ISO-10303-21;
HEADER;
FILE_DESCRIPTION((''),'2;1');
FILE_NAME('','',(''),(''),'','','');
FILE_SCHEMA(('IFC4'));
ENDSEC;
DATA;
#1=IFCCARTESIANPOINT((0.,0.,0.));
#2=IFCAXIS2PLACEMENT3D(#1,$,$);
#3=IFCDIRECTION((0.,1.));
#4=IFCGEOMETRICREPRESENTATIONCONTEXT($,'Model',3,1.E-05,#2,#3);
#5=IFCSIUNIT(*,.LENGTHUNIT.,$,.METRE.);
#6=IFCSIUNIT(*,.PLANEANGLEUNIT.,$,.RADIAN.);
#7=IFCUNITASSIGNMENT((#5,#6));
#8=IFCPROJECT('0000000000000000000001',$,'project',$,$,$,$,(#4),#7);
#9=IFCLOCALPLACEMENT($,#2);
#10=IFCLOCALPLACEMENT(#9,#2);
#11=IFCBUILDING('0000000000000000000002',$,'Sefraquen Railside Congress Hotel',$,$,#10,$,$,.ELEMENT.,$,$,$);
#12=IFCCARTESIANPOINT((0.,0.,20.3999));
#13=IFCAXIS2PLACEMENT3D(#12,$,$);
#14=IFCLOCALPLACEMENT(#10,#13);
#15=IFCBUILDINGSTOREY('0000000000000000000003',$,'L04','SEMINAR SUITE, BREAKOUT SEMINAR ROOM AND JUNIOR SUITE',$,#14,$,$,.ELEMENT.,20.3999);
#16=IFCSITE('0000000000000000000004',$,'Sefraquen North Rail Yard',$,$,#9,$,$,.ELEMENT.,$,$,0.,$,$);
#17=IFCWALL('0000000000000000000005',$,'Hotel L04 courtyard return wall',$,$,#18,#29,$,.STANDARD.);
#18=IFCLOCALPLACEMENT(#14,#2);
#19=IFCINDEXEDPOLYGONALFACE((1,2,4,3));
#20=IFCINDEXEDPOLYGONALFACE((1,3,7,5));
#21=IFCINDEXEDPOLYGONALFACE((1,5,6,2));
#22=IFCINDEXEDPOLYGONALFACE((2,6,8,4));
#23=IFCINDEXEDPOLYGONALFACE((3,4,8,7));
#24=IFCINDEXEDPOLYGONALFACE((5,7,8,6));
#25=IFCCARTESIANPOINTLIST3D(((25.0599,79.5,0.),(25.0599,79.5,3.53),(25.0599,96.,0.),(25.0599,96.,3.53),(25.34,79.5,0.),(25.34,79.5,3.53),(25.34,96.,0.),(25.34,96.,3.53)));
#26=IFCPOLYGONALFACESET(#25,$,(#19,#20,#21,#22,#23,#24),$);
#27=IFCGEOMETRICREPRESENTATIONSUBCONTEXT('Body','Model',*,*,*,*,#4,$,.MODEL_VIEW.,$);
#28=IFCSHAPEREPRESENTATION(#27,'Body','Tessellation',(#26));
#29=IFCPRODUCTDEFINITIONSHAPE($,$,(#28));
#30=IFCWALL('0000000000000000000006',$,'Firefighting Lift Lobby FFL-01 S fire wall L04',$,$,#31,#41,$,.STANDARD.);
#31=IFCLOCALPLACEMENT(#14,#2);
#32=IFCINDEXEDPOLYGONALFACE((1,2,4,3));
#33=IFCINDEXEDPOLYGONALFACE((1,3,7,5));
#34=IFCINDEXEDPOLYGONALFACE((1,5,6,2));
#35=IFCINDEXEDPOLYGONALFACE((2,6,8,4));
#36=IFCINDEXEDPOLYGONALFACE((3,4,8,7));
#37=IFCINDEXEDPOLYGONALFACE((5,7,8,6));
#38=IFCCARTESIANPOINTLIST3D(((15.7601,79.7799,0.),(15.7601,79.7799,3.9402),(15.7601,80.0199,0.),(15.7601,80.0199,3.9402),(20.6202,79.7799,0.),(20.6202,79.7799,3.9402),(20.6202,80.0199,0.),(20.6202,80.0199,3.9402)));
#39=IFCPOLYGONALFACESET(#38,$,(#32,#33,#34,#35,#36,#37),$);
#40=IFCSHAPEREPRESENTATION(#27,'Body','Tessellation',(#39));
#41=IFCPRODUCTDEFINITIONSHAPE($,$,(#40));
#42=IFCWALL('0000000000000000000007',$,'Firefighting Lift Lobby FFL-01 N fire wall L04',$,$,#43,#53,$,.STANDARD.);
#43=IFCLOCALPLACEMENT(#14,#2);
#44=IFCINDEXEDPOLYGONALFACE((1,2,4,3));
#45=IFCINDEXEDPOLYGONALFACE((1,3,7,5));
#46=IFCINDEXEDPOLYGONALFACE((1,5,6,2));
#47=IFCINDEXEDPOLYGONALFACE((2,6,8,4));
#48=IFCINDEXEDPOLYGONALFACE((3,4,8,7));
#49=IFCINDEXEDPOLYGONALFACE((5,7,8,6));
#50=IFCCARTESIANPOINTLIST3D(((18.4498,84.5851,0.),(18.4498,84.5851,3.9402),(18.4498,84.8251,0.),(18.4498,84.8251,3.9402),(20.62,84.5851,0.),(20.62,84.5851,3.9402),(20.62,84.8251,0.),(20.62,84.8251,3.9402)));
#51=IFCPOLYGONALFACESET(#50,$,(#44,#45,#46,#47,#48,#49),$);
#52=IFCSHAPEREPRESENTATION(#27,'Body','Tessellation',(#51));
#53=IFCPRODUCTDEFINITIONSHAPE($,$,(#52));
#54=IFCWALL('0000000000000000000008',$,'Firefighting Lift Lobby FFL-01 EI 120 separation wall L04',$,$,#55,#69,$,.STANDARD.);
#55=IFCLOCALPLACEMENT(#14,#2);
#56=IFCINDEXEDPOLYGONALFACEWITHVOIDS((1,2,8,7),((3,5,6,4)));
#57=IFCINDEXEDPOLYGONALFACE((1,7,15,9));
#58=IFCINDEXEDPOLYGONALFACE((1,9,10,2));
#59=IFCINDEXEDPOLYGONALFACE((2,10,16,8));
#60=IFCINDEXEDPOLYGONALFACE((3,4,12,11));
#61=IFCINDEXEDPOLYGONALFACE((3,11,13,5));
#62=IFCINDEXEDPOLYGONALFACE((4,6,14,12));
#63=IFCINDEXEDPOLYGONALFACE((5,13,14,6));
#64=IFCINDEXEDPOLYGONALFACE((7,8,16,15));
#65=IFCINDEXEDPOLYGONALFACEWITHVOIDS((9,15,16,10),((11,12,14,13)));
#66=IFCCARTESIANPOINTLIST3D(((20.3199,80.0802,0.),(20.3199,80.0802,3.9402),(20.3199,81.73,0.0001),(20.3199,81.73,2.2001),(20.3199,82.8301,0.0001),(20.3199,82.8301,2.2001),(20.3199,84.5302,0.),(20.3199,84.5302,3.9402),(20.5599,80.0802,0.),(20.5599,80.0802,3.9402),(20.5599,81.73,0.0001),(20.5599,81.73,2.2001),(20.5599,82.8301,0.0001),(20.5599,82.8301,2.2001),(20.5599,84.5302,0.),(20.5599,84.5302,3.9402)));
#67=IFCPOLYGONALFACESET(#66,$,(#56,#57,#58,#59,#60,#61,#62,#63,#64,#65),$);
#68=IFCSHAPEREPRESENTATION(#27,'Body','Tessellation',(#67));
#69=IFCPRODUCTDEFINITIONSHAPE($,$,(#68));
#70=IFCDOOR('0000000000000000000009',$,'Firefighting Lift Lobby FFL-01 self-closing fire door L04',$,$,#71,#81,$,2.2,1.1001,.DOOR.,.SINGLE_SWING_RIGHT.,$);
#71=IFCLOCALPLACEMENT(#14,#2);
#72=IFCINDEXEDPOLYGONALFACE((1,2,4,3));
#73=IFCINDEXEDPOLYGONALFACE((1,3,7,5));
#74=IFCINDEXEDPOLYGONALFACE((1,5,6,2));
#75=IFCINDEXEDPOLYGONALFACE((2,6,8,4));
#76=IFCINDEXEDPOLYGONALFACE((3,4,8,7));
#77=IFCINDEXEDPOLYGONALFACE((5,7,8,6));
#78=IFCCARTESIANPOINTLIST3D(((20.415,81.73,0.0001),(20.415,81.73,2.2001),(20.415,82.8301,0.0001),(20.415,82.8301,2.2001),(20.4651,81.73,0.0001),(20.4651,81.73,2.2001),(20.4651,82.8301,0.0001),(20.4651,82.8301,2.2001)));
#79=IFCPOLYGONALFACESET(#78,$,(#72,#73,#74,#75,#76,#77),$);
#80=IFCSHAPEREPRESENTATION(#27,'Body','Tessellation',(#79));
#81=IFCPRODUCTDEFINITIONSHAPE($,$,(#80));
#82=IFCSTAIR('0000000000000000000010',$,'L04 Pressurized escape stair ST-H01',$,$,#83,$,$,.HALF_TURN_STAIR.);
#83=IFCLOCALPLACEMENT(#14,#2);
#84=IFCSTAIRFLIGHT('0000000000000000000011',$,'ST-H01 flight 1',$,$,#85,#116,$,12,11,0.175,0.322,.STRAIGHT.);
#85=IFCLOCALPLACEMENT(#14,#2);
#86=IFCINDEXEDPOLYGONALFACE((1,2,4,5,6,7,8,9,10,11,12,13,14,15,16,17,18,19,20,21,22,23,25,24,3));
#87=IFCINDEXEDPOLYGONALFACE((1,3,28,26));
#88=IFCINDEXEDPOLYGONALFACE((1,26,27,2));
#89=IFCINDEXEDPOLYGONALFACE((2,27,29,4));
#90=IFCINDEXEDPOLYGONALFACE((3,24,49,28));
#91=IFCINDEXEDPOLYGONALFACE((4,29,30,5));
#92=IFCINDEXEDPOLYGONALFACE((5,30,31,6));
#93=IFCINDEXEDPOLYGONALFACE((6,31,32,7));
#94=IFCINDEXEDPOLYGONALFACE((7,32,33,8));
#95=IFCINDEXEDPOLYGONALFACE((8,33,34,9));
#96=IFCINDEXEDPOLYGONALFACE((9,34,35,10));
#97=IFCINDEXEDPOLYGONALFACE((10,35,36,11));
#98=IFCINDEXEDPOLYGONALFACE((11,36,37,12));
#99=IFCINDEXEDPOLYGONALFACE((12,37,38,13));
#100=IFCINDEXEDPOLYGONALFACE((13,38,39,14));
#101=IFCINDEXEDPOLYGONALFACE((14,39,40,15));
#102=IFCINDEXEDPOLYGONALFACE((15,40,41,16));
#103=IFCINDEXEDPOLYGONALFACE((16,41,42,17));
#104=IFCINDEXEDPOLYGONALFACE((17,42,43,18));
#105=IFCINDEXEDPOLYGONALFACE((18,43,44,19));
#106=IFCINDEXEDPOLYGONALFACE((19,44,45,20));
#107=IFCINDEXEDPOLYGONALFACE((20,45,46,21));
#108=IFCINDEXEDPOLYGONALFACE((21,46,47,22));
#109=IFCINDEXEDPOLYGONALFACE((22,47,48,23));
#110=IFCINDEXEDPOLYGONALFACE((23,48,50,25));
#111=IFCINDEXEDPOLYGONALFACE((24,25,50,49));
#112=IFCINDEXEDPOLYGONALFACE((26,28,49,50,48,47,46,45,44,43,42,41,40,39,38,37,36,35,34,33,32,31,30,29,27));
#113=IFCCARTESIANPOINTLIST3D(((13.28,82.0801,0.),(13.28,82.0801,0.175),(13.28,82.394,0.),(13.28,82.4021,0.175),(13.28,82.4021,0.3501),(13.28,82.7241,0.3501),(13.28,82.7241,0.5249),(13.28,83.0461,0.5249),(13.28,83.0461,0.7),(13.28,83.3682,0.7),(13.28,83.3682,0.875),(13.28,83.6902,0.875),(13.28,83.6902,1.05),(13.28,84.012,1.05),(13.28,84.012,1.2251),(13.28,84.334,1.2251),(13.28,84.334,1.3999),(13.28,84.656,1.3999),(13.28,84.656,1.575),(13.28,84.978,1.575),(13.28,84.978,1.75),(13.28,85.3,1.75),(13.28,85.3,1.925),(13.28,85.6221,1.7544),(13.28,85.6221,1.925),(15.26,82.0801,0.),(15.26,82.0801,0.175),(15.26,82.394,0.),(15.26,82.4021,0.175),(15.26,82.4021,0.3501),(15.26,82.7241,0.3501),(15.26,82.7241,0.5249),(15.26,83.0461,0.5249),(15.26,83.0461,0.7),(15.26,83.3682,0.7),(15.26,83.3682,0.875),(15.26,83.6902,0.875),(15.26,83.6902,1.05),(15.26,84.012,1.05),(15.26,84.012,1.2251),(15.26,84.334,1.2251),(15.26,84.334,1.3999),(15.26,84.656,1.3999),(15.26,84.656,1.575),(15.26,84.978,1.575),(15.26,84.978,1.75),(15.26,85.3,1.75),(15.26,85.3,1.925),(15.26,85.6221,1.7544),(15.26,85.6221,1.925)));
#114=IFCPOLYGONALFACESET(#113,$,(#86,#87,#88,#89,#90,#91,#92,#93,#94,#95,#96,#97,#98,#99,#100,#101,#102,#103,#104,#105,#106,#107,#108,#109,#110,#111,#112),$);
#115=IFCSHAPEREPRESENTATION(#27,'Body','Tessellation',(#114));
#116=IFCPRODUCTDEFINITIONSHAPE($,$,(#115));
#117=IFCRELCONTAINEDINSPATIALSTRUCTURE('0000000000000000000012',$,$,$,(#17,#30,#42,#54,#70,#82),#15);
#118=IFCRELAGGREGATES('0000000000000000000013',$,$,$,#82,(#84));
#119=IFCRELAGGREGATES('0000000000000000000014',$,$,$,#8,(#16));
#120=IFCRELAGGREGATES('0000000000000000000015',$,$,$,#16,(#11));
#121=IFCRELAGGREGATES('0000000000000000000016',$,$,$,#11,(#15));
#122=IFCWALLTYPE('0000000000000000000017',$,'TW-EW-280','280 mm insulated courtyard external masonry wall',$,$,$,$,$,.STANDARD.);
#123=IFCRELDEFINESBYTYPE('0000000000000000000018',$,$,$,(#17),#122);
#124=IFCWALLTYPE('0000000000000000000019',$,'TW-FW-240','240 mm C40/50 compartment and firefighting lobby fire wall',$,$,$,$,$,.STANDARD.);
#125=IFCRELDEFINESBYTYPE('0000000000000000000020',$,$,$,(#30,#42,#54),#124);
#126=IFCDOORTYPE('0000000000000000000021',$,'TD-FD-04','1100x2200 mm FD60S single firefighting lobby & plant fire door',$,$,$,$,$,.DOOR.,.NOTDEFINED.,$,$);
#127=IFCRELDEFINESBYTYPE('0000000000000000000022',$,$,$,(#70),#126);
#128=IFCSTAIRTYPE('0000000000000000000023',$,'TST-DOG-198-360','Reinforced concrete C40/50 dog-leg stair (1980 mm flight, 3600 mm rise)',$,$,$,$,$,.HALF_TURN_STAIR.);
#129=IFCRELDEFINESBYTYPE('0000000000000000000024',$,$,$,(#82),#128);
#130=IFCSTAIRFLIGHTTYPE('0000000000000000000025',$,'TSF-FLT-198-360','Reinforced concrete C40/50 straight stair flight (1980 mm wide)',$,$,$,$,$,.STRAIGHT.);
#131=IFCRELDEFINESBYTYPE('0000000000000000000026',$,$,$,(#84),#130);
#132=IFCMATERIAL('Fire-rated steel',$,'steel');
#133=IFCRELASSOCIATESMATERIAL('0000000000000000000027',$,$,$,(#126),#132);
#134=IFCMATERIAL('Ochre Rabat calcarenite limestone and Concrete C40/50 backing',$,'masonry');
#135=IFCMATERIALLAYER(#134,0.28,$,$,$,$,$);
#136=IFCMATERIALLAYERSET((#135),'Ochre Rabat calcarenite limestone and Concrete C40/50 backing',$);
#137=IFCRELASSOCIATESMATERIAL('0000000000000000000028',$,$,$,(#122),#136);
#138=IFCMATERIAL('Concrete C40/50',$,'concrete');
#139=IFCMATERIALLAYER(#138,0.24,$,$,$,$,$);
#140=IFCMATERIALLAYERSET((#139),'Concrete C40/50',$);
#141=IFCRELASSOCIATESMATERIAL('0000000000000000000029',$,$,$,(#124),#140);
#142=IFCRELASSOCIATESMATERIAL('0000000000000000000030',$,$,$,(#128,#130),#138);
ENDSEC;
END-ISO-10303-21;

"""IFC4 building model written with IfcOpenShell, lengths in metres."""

from ifc_helpers import new_model, si_unit, direction, frame, frame_2d, origin, place, context, subcontext, project, spatial, polyline, rectangle, outline, extrude, material, layer, layer_set, type_object, element, fill, aggregate, save


model = new_model("IFC4")

# Units and contexts
model_context = context("Model", 3, precision=1e-05, world=origin(), true_north=direction((0.0, 1.0)))
body_context = subcontext(model_context, "Body", "Model", "MODEL_VIEW")
ifc_project = project(units=[si_unit("LENGTHUNIT", "METRE"), si_unit("PLANEANGLEUNIT", "RADIAN")], contexts=[model_context])

# Site, building, storey
site_placement = place(None, origin())
site = spatial("IfcSite", under=ifc_project, at=site_placement, Name="Sefraquen North Rail Yard", CompositionType="ELEMENT", RefElevation=0.0)
building_placement = place(site_placement, origin())
building = spatial("IfcBuilding", under=site, at=building_placement, Name="Sefraquen Railside Congress Hotel", CompositionType="ELEMENT")
storey_placement = place(building_placement, frame((0.0, 0.0, 20.3999)))
storey = spatial("IfcBuildingStorey", under=building, at=storey_placement, Name="L04", Description="SEMINAR SUITE, BREAKOUT SEMINAR ROOM AND JUNIOR SUITE", CompositionType="ELEMENT", Elevation=20.3999)

# Shared definitions
ifc_material_1 = material(Name="Fire-rated steel", Category="steel")
door_type_1 = type_object("IfcDoorType", Name="TD-FD-04", Description="1100x2200 mm FD60S single firefighting lobby & plant fire door", OperationType="NOTDEFINED", PredefinedType="DOOR", material=ifc_material_1)

# Walls
ifc_material_2 = material(Name="Ochre Rabat calcarenite limestone and Concrete C40/50 backing", Category="masonry")
ifc_layer_1 = layer(ifc_material_2, 0.28)
ifc_layer_set_1 = layer_set([ifc_layer_1], Name="Ochre Rabat calcarenite limestone and Concrete C40/50 backing")
wall_type_1 = type_object("IfcWallType", Name="TW-EW-280", Description="280 mm insulated courtyard external masonry wall", PredefinedType="STANDARD", material=ifc_layer_set_1)
wall_1_placement = place(storey_placement, frame((25.2, 79.5, 0.0), z_axis=(0.0, 0.0, 1.0), x_axis=(0.0, 1.0, 0.0)))
element("IfcWall", 1, at=wall_1_placement, inside=storey, type_object=wall_type_1, Name="Hotel L04 courtyard return wall", PredefinedType="STANDARD", context=body_context, shape_type="SweptSolid", body=[
    extrude(rectangle(XDim=16.5, YDim=0.28, at=frame_2d((8.25, 0.0))), origin(), (0.0, 0.0, 1.0), 3.53),
])
ifc_material_3 = material(Name="Concrete C40/50", Category="concrete")
ifc_layer_2 = layer(ifc_material_3, 0.24)
ifc_layer_set_2 = layer_set([ifc_layer_2], Name="Concrete C40/50")
wall_type_2 = type_object("IfcWallType", Name="TW-FW-240", Description="240 mm C40/50 compartment and firefighting lobby fire wall", PredefinedType="STANDARD", material=ifc_layer_set_2)
wall_2_placement = place(storey_placement, frame((15.76, 79.8999, 0.0), z_axis=(0.0, 0.0, 1.0), x_axis=(1.0, 0.0, 0.0)))
element("IfcWall", 2, at=wall_2_placement, inside=storey, type_object=wall_type_2, Name="Firefighting Lift Lobby FFL-01 S fire wall L04", PredefinedType="STANDARD", context=body_context, shape_type="SweptSolid", body=[
    extrude(rectangle(XDim=4.8601, YDim=0.24, at=frame_2d((2.4302, 0.0))), origin(), (0.0, 0.0, 1.0), 3.9402),
])
wall_3_placement = place(storey_placement, frame((18.45, 84.7051, 0.0), z_axis=(0.0, 0.0, 1.0), x_axis=(1.0, 0.0, 0.0)))
element("IfcWall", 3, at=wall_3_placement, inside=storey, type_object=wall_type_2, Name="Firefighting Lift Lobby FFL-01 N fire wall L04", PredefinedType="STANDARD", context=body_context, shape_type="SweptSolid", body=[
    extrude(rectangle(XDim=2.1702, YDim=0.24, at=frame_2d((1.085, 0.0))), origin(), (0.0, 0.0, 1.0), 3.9402),
])

# Wall, opening, door
wall_4_placement = place(storey_placement, frame((20.4399, 80.0801, 0.0), z_axis=(0.0, 0.0, 1.0), x_axis=(0.0, 1.0, 0.0)))
wall_4 = element("IfcWall", 4, at=wall_4_placement, inside=storey, type_object=wall_type_2, Name="Firefighting Lift Lobby FFL-01 EI 120 separation wall L04", PredefinedType="STANDARD", context=body_context, shape_type="SweptSolid", body=[
    extrude(rectangle(XDim=4.45, YDim=0.24, at=frame_2d((2.2251, 0.0))), origin(), (0.0, 0.0, 1.0), 3.9402),
])
opening_1_placement = place(wall_4_placement, frame((1.6499, 0.0, 0.0)))
opening_1 = element("IfcOpeningElement", 5, at=opening_1_placement, cuts=wall_4, PredefinedType="OPENING", context=body_context, shape_type="SweptSolid", body=[
    extrude(rectangle(XDim=1.1001, YDim=2.2, at=frame_2d((0.55, 1.1001))), frame((0.0, 0.1299, 0.0), z_axis=(0.0, -1.0, 0.0), x_axis=(1.0, 0.0, 0.0)), (0.0, 0.0, 1.0), 0.26),
])
door_1_placement = place(opening_1_placement, origin())
door_1 = element("IfcDoor", 6, at=door_1_placement, inside=storey, type_object=door_type_1, Name="Firefighting Lift Lobby FFL-01 self-closing fire door L04", OperationType="SINGLE_SWING_RIGHT", OverallHeight=2.2, OverallWidth=1.1001, PredefinedType="DOOR", context=body_context, shape_type="SweptSolid", body=[
    extrude(rectangle(XDim=1.1001, YDim=2.2, at=frame_2d((0.55, 1.1001))), frame((0.0, 0.0249, 0.0), z_axis=(0.0, -1.0, 0.0), x_axis=(1.0, 0.0, 0.0)), (0.0, 0.0, 1.0), 0.05),
])
fill(opening_1, door_1)

# Stair, stair flight
stair_type = type_object("IfcStairType", Name="TST-DOG-198-360", Description="Reinforced concrete C40/50 dog-leg stair (1980 mm flight, 3600 mm rise)", PredefinedType="HALF_TURN_STAIR", material=ifc_material_3)
stair_placement = place(storey_placement, origin())
stair = element("IfcStair", 7, at=stair_placement, inside=storey, type_object=stair_type, Name="L04 Pressurized escape stair ST-H01", PredefinedType="HALF_TURN_STAIR")
stair_flight_type = type_object("IfcStairFlightType", Name="TSF-FLT-198-360", Description="Reinforced concrete C40/50 straight stair flight (1980 mm wide)", PredefinedType="STRAIGHT", material=ifc_material_3)
stair_flight_placement = place(storey_placement, frame((14.27, 82.0801, 0.0), z_axis=(0.0, 0.0, 1.0), x_axis=(0.0, 1.0, 0.0)))
stair_flight = element("IfcStairFlight", 8, at=stair_flight_placement, type_object=stair_flight_type, Name="ST-H01 flight 1", NumberOfRisers=12, NumberOfTreads=11, PredefinedType="STRAIGHT", RiserHeight=0.175, TreadLength=0.322, context=body_context, shape_type="SweptSolid", body=[
    extrude(outline(polyline([(0.0, 0.0), (0.0, 0.175), (0.322, 0.175), (0.322, 0.3501), (0.644, 0.3501), (0.644, 0.5249), (0.9661, 0.5249), (0.9661, 0.7), (1.2881, 0.7), (1.2881, 0.875), (1.6101, 0.875), (1.6101, 1.05), (1.9319, 1.05), (1.9319, 1.2251), (2.2539, 1.2251), (2.2539, 1.3999), (2.5759, 1.3999), (2.5759, 1.575), (2.8979, 1.575), (2.8979, 1.75), (3.22, 1.75), (3.22, 1.925), (3.542, 1.925), (3.542, 2.1001), (3.542, 1.7544), (0.314, 0.0), (0.0, 0.0)])), frame((0.0, 0.99, 0.0), z_axis=(0.0, -1.0, 0.0), x_axis=(1.0, 0.0, 0.0)), (0.0, 0.0, 1.0), 1.98),
])
aggregate(stair, [stair_flight])

save(model, "model.ifc")
